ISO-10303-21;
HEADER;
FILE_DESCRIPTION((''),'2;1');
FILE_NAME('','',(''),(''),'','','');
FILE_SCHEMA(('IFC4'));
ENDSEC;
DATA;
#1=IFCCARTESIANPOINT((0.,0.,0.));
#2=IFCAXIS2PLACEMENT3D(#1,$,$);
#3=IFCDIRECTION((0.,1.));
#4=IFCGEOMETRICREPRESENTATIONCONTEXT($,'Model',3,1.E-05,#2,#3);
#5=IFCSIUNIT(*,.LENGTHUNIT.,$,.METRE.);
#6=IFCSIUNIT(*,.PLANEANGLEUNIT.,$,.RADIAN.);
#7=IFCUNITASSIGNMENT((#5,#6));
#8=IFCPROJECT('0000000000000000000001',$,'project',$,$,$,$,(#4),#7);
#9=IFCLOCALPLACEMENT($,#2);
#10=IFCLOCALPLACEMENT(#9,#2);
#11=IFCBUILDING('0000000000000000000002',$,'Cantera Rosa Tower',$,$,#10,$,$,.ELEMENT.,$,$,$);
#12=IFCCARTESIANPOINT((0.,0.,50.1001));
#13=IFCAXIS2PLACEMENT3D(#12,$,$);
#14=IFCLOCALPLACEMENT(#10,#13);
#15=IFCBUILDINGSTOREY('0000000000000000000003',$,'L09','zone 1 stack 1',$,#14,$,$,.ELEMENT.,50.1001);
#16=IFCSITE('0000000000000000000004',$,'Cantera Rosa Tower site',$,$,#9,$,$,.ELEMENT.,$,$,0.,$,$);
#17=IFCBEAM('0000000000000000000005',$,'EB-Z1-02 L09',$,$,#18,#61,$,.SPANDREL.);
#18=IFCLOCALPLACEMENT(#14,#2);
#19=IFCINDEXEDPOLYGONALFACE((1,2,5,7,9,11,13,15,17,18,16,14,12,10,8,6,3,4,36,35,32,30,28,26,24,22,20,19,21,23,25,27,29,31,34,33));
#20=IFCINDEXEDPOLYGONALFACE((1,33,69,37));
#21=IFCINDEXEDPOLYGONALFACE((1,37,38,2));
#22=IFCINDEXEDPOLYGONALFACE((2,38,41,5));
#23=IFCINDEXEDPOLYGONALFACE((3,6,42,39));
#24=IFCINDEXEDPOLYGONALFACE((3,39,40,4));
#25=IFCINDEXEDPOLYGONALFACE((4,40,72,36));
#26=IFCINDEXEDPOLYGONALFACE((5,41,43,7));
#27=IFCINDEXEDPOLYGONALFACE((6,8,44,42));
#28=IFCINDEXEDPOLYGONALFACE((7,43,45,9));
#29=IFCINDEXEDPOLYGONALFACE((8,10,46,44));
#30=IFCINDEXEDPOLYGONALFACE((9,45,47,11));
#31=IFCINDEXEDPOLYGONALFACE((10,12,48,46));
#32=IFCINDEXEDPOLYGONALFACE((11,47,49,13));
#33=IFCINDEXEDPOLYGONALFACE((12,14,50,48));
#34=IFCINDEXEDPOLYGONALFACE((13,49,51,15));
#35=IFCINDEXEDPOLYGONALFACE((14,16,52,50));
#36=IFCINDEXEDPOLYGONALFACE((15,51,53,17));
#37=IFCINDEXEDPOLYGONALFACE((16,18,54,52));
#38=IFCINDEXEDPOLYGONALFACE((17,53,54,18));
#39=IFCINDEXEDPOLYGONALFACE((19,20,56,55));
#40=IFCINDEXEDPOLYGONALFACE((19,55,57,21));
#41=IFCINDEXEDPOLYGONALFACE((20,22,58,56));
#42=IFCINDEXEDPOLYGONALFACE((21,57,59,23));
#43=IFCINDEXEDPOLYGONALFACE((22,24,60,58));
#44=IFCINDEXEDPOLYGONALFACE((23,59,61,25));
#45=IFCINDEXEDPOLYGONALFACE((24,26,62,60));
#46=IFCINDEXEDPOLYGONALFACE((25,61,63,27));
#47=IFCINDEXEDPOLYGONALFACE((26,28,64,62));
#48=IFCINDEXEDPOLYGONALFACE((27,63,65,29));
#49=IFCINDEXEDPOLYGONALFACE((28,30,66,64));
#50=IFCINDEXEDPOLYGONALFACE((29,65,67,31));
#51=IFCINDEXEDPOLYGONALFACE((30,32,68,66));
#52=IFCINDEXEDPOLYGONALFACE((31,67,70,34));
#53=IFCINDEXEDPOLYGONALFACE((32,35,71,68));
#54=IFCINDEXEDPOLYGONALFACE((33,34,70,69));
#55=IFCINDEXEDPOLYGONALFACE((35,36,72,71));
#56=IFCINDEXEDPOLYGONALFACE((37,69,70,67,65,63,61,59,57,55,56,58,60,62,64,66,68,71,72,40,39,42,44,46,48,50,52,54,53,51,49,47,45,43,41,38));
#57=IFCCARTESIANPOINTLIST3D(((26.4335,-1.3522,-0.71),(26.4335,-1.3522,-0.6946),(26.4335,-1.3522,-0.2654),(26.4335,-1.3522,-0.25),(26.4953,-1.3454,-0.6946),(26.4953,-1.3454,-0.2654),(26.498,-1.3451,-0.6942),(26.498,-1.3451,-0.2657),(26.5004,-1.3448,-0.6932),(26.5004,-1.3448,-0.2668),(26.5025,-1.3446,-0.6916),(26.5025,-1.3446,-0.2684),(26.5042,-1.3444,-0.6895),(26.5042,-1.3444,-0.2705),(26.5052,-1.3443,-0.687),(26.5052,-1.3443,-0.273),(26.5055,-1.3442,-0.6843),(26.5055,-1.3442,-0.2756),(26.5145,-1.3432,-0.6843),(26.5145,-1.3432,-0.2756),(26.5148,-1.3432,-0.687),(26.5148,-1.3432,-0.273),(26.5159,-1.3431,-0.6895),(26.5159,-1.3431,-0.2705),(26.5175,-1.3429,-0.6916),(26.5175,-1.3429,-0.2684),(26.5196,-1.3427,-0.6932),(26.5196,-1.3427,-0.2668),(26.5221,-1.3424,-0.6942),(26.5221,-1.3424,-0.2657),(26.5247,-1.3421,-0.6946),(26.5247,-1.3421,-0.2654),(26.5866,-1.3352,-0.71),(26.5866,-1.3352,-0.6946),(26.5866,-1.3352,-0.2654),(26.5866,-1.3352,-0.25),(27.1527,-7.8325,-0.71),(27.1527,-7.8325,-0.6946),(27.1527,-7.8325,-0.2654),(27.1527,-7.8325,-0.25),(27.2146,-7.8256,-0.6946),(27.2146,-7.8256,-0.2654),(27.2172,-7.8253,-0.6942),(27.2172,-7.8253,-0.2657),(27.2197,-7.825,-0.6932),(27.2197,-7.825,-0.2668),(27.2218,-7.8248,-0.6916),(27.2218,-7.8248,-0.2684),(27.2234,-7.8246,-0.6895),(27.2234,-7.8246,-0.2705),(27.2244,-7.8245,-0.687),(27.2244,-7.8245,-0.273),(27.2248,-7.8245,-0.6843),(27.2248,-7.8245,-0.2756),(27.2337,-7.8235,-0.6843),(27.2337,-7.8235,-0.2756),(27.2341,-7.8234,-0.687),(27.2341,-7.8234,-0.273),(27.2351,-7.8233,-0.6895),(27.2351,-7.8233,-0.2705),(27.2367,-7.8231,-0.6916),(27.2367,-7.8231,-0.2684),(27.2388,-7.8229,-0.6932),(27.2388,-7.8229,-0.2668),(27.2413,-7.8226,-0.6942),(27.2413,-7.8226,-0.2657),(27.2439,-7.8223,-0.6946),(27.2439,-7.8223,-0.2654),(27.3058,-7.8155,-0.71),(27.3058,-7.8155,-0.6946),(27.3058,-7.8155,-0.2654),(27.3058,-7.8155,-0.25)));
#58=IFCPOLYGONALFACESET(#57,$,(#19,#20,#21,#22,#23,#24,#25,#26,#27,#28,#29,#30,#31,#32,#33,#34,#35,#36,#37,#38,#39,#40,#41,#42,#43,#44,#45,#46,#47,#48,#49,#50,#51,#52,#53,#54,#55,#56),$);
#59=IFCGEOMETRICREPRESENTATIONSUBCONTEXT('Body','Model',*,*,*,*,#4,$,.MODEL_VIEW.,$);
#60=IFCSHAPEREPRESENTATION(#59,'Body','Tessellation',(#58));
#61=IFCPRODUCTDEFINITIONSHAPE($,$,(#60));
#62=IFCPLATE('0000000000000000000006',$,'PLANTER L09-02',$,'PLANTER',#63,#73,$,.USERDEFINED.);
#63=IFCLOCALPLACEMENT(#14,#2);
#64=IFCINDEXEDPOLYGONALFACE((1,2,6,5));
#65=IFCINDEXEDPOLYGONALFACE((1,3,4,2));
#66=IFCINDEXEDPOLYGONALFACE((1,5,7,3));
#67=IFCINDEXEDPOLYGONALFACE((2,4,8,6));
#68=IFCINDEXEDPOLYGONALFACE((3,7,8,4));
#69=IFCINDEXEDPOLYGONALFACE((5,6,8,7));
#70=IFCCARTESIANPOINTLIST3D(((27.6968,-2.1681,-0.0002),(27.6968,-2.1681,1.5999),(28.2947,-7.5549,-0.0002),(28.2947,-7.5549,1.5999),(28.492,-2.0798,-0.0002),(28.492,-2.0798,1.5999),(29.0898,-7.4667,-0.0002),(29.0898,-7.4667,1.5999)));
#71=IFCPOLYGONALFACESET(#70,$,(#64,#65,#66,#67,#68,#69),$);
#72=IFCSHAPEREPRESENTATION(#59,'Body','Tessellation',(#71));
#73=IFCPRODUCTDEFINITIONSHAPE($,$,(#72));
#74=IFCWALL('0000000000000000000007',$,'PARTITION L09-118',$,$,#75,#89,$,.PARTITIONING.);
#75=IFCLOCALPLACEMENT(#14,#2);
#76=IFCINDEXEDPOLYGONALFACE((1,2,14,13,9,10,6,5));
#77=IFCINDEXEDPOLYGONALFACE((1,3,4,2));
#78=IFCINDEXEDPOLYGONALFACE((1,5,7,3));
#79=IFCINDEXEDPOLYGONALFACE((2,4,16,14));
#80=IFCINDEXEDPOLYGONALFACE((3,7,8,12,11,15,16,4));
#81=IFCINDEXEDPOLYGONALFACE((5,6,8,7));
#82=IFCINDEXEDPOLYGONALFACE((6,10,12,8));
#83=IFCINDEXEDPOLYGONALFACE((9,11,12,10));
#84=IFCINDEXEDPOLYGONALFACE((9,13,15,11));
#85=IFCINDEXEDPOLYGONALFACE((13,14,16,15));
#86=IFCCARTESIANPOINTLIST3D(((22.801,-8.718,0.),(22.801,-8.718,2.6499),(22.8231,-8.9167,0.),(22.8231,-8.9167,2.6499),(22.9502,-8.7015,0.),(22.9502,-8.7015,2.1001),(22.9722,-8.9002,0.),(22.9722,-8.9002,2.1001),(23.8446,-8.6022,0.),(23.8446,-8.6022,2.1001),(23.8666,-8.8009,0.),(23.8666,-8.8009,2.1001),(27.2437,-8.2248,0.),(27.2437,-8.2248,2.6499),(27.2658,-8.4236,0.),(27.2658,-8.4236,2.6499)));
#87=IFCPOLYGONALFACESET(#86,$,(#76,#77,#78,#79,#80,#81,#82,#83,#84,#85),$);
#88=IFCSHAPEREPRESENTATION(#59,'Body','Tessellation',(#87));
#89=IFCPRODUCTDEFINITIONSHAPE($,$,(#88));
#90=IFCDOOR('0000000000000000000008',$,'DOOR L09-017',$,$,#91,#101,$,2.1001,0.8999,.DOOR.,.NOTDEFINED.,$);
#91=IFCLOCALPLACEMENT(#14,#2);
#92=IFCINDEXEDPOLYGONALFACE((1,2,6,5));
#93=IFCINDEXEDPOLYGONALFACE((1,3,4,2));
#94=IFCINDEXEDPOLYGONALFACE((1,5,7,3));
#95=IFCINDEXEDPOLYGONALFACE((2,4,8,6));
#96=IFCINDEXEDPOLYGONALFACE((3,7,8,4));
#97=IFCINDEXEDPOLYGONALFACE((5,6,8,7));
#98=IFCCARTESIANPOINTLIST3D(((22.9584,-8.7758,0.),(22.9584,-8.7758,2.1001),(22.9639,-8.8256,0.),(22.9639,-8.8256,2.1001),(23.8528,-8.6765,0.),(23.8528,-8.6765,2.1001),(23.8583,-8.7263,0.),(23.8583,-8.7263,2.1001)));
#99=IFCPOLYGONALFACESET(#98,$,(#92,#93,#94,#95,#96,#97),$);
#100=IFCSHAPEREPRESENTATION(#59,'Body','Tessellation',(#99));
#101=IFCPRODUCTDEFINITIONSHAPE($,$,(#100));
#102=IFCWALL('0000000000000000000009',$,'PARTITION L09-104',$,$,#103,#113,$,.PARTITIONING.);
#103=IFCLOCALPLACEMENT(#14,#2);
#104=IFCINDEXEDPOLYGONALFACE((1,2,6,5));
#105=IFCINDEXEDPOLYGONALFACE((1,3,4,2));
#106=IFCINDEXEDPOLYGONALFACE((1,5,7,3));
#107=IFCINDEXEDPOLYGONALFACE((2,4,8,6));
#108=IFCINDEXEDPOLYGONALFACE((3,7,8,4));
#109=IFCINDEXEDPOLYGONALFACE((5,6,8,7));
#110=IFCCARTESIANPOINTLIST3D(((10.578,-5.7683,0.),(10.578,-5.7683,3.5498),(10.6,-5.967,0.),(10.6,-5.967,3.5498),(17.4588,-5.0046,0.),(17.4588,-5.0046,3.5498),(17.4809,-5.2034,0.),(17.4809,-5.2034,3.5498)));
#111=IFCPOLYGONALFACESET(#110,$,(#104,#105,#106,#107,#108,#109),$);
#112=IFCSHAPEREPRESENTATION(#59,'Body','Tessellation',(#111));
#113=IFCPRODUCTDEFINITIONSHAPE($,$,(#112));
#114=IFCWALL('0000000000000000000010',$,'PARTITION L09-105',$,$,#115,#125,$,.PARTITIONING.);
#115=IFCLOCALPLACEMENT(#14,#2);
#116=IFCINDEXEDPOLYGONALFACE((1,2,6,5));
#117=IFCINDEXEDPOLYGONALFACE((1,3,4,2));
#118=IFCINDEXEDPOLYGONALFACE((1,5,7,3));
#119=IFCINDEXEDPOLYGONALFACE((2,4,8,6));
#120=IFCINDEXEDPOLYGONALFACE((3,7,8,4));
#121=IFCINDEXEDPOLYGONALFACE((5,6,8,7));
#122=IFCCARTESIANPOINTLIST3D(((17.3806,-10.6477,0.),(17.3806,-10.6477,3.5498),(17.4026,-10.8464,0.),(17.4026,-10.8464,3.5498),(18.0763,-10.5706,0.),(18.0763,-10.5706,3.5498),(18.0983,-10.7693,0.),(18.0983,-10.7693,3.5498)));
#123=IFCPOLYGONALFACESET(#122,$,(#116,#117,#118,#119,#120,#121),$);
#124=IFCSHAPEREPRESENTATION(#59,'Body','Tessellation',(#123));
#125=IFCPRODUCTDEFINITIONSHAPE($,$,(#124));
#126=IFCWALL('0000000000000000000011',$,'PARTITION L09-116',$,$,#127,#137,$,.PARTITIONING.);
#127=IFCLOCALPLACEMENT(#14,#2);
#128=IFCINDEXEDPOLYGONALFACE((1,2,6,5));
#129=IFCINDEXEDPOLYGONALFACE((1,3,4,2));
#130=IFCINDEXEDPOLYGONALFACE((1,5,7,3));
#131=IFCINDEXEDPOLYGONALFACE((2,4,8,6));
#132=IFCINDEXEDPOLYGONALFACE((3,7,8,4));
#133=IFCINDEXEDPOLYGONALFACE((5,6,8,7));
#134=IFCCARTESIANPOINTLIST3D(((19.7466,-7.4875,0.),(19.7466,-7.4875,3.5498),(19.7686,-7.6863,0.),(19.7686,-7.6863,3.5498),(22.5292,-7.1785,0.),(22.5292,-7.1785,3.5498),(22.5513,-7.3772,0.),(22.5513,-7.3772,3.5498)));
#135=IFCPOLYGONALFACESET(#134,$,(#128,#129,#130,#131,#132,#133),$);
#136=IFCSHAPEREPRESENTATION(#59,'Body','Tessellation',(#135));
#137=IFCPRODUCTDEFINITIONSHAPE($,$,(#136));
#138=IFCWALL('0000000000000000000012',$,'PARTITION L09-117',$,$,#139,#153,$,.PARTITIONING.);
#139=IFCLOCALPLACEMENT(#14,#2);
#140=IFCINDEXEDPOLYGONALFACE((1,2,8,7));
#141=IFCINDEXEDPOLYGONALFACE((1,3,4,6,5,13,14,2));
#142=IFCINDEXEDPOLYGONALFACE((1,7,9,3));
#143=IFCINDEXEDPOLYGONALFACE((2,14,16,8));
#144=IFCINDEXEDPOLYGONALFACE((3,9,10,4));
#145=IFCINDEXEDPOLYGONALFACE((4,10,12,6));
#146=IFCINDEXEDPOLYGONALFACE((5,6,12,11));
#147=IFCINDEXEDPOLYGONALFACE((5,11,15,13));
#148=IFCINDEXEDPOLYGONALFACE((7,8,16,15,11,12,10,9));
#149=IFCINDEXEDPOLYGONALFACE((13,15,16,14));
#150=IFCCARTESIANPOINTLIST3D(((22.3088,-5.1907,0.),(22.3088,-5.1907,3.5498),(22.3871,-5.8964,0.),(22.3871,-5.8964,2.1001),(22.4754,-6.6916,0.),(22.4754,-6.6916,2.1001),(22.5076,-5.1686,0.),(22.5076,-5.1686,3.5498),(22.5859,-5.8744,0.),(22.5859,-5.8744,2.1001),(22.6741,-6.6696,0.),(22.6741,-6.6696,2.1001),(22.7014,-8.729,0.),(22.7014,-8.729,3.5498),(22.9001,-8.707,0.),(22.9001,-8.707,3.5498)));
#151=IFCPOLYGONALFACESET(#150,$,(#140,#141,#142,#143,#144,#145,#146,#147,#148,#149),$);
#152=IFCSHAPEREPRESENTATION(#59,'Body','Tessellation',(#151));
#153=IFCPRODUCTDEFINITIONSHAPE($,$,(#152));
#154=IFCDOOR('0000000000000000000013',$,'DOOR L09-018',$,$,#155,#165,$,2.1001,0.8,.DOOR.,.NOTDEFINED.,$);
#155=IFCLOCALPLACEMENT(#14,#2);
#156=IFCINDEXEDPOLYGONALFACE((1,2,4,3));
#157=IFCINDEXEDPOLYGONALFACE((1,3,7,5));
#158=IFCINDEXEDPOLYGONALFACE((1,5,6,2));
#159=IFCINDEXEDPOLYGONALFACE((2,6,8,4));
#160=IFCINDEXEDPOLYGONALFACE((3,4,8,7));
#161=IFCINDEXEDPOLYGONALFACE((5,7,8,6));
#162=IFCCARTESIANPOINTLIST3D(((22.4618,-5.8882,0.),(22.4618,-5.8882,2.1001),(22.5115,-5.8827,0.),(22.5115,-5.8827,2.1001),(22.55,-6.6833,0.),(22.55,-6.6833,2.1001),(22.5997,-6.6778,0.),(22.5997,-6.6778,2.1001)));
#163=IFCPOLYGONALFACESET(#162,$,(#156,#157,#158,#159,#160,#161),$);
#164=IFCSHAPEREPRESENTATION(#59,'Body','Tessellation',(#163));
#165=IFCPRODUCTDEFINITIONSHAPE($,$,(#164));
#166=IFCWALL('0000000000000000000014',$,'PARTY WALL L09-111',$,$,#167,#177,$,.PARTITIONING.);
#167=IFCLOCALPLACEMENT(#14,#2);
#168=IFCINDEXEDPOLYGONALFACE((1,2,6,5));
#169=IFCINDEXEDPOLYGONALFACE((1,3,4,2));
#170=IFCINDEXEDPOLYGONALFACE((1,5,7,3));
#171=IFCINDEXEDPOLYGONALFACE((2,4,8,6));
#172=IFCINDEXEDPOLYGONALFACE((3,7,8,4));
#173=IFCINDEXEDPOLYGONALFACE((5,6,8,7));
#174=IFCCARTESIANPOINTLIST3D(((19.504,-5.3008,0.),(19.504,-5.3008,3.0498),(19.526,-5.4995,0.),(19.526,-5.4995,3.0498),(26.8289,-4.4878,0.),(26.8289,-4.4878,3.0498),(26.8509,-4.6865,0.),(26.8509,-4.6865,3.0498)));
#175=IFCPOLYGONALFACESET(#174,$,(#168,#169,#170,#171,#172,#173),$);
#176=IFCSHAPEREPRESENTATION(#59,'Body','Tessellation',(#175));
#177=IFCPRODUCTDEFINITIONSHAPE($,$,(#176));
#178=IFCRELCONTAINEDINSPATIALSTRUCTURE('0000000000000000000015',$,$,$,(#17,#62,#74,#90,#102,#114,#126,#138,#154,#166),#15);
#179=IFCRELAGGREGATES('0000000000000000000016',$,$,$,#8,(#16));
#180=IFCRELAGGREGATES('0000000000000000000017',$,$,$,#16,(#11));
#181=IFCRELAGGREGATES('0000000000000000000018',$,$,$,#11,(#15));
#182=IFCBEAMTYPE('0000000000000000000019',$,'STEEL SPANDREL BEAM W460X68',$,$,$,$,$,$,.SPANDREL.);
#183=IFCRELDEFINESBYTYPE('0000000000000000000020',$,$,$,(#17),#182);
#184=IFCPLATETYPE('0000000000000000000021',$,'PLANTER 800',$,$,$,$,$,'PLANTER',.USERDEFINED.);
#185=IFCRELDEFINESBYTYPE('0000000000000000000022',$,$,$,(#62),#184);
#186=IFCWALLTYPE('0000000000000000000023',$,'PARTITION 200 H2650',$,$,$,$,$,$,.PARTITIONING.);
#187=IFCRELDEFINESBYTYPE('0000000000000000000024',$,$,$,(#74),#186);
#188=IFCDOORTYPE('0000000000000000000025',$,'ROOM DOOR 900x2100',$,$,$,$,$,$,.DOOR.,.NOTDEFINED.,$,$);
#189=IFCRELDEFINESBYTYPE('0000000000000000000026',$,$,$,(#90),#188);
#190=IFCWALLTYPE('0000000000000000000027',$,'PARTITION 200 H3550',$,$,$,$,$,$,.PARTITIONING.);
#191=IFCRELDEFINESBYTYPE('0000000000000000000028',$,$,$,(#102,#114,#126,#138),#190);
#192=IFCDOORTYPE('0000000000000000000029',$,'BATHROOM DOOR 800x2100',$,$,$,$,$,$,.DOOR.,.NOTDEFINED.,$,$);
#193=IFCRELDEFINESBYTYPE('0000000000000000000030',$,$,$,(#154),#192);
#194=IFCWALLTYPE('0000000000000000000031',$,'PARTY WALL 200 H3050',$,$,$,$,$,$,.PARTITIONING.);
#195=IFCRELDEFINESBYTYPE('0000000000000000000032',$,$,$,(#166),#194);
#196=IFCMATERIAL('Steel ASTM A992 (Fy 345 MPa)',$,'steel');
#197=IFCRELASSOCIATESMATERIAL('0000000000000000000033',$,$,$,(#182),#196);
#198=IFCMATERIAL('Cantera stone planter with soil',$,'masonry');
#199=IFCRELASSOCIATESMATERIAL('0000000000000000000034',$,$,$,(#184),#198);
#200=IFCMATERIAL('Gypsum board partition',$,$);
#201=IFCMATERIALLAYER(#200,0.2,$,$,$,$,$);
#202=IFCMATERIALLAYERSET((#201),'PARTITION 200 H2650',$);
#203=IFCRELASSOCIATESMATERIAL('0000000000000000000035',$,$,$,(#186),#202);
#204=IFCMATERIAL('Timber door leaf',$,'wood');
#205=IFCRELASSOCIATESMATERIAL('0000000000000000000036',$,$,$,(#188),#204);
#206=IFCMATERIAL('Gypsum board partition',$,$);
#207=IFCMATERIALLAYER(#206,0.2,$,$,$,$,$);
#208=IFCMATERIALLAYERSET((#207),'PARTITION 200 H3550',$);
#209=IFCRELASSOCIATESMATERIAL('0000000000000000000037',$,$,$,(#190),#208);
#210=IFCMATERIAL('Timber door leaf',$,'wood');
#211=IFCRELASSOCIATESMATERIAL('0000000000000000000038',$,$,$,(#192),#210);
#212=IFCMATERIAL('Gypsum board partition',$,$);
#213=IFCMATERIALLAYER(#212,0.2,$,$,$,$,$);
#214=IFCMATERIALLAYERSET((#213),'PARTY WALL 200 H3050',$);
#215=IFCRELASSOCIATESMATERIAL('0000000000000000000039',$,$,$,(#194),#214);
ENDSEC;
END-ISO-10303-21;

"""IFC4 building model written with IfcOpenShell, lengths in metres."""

from ifc_helpers import new_model, si_unit, direction, frame, frame_2d, origin, origin_2d, place, context, subcontext, project, spatial, rectangle, i_section, extrude, material, layer, layer_set, material_profile, profile_set, type_object, element, fill, save


model = new_model("IFC4")

# Units and contexts
model_context = context("Model", 3, precision=1e-05, world=origin(), true_north=direction((0.0, 1.0)))
body_context = subcontext(model_context, "Body", "Model", "MODEL_VIEW")
ifc_project = project(units=[si_unit("LENGTHUNIT", "METRE"), si_unit("PLANEANGLEUNIT", "RADIAN")], contexts=[model_context])

# Site, building, storey
site_placement = place(None, origin())
site = spatial("IfcSite", under=ifc_project, at=site_placement, Name="Cantera Rosa Tower site", CompositionType="ELEMENT", RefElevation=0.0)
building_placement = place(site_placement, origin())
building = spatial("IfcBuilding", under=site, at=building_placement, Name="Cantera Rosa Tower", CompositionType="ELEMENT")
storey_placement = place(building_placement, frame((0.0, 0.0, 50.1001)))
storey = spatial("IfcBuildingStorey", under=building, at=storey_placement, Name="L09", Description="zone 1 stack 1", CompositionType="ELEMENT", Elevation=50.1001)

# Beam
ifc_material_1 = material(Name="Steel ASTM A992 (Fy 345 MPa)", Category="steel")
ifc_material_profile_1 = material_profile(ifc_material_1, i_section(OverallWidth=0.1541, OverallDepth=0.46, WebThickness=0.009, FlangeThickness=0.0154, FilletRadius=0.0103, at=origin_2d()), Name="W460X68")
ifc_profile_set_1 = profile_set([ifc_material_profile_1], Name="Steel ASTM A992 (Fy 345 MPa)")
beam_type_1 = type_object("IfcBeamType", Name="STEEL SPANDREL BEAM W460X68", PredefinedType="SPANDREL", material=ifc_profile_set_1)
beam_1_placement = place(storey_placement, frame((27.2292, -7.824, -0.48), z_axis=(-0.110312, 0.993897, 0.0), x_axis=(-0.993897, -0.110312, 0.0)))
element("IfcBeam", 1, at=beam_1_placement, inside=storey, type_object=beam_type_1, Name="EB-Z1-02 L09", PredefinedType="SPANDREL", context=body_context, shape_type="SweptSolid", body=[
    extrude(i_section(OverallWidth=0.1541, OverallDepth=0.46, WebThickness=0.009, FlangeThickness=0.0154, FilletRadius=0.0103, at=origin_2d()), origin(), (0.0, 0.0, 1.0), 6.52),
])

# Plate
ifc_material_2 = material(Name="Cantera stone planter with soil", Category="masonry")
plate_type = type_object("IfcPlateType", Name="PLANTER 800", ElementType="PLANTER", PredefinedType="USERDEFINED", material=ifc_material_2)
plate_placement = place(storey_placement, frame((28.3933, -4.8174, -0.0002), z_axis=(0.0, 0.0, 1.0), x_axis=(-0.110313, 0.993897, 0.0)))
element("IfcPlate", 2, at=plate_placement, inside=storey, type_object=plate_type, Name="PLANTER L09-02", ObjectType="PLANTER", PredefinedType="USERDEFINED", context=body_context, shape_type="SweptSolid", body=[
    extrude(rectangle(XDim=5.4199, YDim=0.8, at=origin_2d()), origin(), (0.0, 0.0, 1.0), 1.6001),
])

# Wall, opening, door
ifc_material_3 = material(Name="Gypsum board partition")
ifc_layer_1 = layer(ifc_material_3, 0.2)
ifc_layer_set_1 = layer_set([ifc_layer_1], Name="PARTITION 200 H2650")
wall_type_1 = type_object("IfcWallType", Name="PARTITION 200 H2650", PredefinedType="PARTITIONING", material=ifc_layer_set_1)
wall_1_placement = place(storey_placement, frame((27.2546, -8.3242, 0.0), z_axis=(0.0, 0.0, 1.0), x_axis=(-0.993895, -0.11033, 0.0)))
wall_1 = element("IfcWall", 3, at=wall_1_placement, inside=storey, type_object=wall_type_1, Name="PARTITION L09-118", PredefinedType="PARTITIONING", context=body_context, shape_type="SweptSolid", body=[
    extrude(rectangle(XDim=4.47, YDim=0.2, at=frame_2d((2.2349, 0.0))), origin(), (0.0, 0.0, 1.0), 2.6499),
])
opening_1_placement = place(wall_1_placement, frame((3.4199, 0.0, 0.0)))
opening_1 = element("IfcOpeningElement", 4, at=opening_1_placement, cuts=wall_1, PredefinedType="OPENING", context=body_context, shape_type="SweptSolid", body=[
    extrude(rectangle(XDim=0.8999, YDim=2.1001, at=frame_2d((0.45, 1.05))), frame((0.0, 0.1099, 0.0), z_axis=(0.0, -1.0, 0.0), x_axis=(1.0, 0.0, 0.0)), (0.0, 0.0, 1.0), 0.22),
])
ifc_material_4 = material(Name="Timber door leaf", Category="wood")
door_type_1 = type_object("IfcDoorType", Name="ROOM DOOR 900x2100", OperationType="NOTDEFINED", PredefinedType="DOOR", material=ifc_material_4)
door_1_placement = place(opening_1_placement, origin())
door_1 = element("IfcDoor", 5, at=door_1_placement, inside=storey, type_object=door_type_1, Name="DOOR L09-017", OperationType="NOTDEFINED", OverallHeight=2.1001, OverallWidth=0.8999, PredefinedType="DOOR", context=body_context, shape_type="SweptSolid", body=[
    extrude(rectangle(XDim=0.8999, YDim=2.1001, at=frame_2d((0.45, 1.05))), frame((0.0, 0.0249, 0.0), z_axis=(0.0, -1.0, 0.0), x_axis=(1.0, 0.0, 0.0)), (0.0, 0.0, 1.0), 0.05),
])
fill(opening_1, door_1)

# Walls
ifc_material_5 = material(Name="Gypsum board partition")
ifc_layer_2 = layer(ifc_material_5, 0.2)
ifc_layer_set_2 = layer_set([ifc_layer_2], Name="PARTITION 200 H3550")
wall_type_2 = type_object("IfcWallType", Name="PARTITION 200 H3550", PredefinedType="PARTITIONING", material=ifc_layer_set_2)
wall_2_placement = place(storey_placement, frame((17.4697, -5.104, 0.0), z_axis=(0.0, 0.0, 1.0), x_axis=(-0.993897, -0.110308, 0.0)))
element("IfcWall", 6, at=wall_2_placement, inside=storey, type_object=wall_type_2, Name="PARTITION L09-104", PredefinedType="PARTITIONING", context=body_context, shape_type="SweptSolid", body=[
    extrude(rectangle(XDim=6.9231, YDim=0.2, at=frame_2d((3.4614, 0.0))), origin(), (0.0, 0.0, 1.0), 3.5498),
])
wall_3_placement = place(storey_placement, frame((18.0874, -10.6699, 0.0), z_axis=(0.0, 0.0, 1.0), x_axis=(-0.993909, -0.110202, 0.0)))
element("IfcWall", 7, at=wall_3_placement, inside=storey, type_object=wall_type_2, Name="PARTITION L09-105", PredefinedType="PARTITIONING", context=body_context, shape_type="SweptSolid", body=[
    extrude(rectangle(XDim=0.7, YDim=0.2, at=frame_2d((0.3501, 0.0))), origin(), (0.0, 0.0, 1.0), 3.5498),
])
wall_4_placement = place(storey_placement, frame((22.5403, -7.2778, 0.0), z_axis=(0.0, 0.0, 1.0), x_axis=(-0.993888, -0.110393, 0.0)))
element("IfcWall", 8, at=wall_4_placement, inside=storey, type_object=wall_type_2, Name="PARTITION L09-116", PredefinedType="PARTITIONING", context=body_context, shape_type="SweptSolid", body=[
    extrude(rectangle(XDim=2.7998, YDim=0.2, at=frame_2d((1.3999, 0.0))), origin(), (0.0, 0.0, 1.0), 3.5498),
])

# Wall, opening, door
wall_5_placement = place(storey_placement, frame((22.8008, -8.718, 0.0), z_axis=(0.0, 0.0, 1.0), x_axis=(-0.110273, 0.993901, 0.0)))
wall_5 = element("IfcWall", 9, at=wall_5_placement, inside=storey, type_object=wall_type_2, Name="PARTITION L09-117", PredefinedType="PARTITIONING", context=body_context, shape_type="SweptSolid", body=[
    extrude(rectangle(XDim=3.5601, YDim=0.2, at=frame_2d((1.78, 0.0))), origin(), (0.0, 0.0, 1.0), 3.5498),
])
opening_2_placement = place(wall_5_placement, frame((2.05, 0.0, 0.0)))
opening_2 = element("IfcOpeningElement", 10, at=opening_2_placement, cuts=wall_5, PredefinedType="OPENING", context=body_context, shape_type="SweptSolid", body=[
    extrude(rectangle(XDim=0.8, YDim=2.1001, at=frame_2d((0.3999, 1.05))), frame((0.0, 0.1099, 0.0), z_axis=(0.0, -1.0, 0.0), x_axis=(1.0, 0.0, 0.0)), (0.0, 0.0, 1.0), 0.22),
])
ifc_material_6 = material(Name="Timber door leaf", Category="wood")
door_type_2 = type_object("IfcDoorType", Name="BATHROOM DOOR 800x2100", OperationType="NOTDEFINED", PredefinedType="DOOR", material=ifc_material_6)
door_2_placement = place(opening_2_placement, origin())
door_2 = element("IfcDoor", 11, at=door_2_placement, inside=storey, type_object=door_type_2, Name="DOOR L09-018", OperationType="NOTDEFINED", OverallHeight=2.1001, OverallWidth=0.8, PredefinedType="DOOR", context=body_context, shape_type="SweptSolid", body=[
    extrude(rectangle(XDim=0.8, YDim=2.1001, at=frame_2d((0.3999, 1.05))), frame((0.0, 0.0249, 0.0), z_axis=(0.0, -1.0, 0.0), x_axis=(1.0, 0.0, 0.0)), (0.0, 0.0, 1.0), 0.05),
])
fill(opening_2, door_2)

# Wall
ifc_material_7 = material(Name="Gypsum board partition")
ifc_layer_3 = layer(ifc_material_7, 0.2)
ifc_layer_set_3 = layer_set([ifc_layer_3], Name="PARTY WALL 200 H3050")
wall_type_3 = type_object("IfcWallType", Name="PARTY WALL 200 H3050", PredefinedType="PARTITIONING", material=ifc_layer_set_3)
wall_6_placement = place(storey_placement, frame((19.5149, -5.4001, 0.0), z_axis=(0.0, 0.0, 1.0), x_axis=(0.993897, 0.110312, 0.0)))
element("IfcWall", 12, at=wall_6_placement, inside=storey, type_object=wall_type_3, Name="PARTY WALL L09-111", PredefinedType="PARTITIONING", context=body_context, shape_type="SweptSolid", body=[
    extrude(rectangle(XDim=7.3699, YDim=0.2, at=frame_2d((3.6851, 0.0))), origin(), (0.0, 0.0, 1.0), 3.0498),
])

save(model, "model.ifc")
